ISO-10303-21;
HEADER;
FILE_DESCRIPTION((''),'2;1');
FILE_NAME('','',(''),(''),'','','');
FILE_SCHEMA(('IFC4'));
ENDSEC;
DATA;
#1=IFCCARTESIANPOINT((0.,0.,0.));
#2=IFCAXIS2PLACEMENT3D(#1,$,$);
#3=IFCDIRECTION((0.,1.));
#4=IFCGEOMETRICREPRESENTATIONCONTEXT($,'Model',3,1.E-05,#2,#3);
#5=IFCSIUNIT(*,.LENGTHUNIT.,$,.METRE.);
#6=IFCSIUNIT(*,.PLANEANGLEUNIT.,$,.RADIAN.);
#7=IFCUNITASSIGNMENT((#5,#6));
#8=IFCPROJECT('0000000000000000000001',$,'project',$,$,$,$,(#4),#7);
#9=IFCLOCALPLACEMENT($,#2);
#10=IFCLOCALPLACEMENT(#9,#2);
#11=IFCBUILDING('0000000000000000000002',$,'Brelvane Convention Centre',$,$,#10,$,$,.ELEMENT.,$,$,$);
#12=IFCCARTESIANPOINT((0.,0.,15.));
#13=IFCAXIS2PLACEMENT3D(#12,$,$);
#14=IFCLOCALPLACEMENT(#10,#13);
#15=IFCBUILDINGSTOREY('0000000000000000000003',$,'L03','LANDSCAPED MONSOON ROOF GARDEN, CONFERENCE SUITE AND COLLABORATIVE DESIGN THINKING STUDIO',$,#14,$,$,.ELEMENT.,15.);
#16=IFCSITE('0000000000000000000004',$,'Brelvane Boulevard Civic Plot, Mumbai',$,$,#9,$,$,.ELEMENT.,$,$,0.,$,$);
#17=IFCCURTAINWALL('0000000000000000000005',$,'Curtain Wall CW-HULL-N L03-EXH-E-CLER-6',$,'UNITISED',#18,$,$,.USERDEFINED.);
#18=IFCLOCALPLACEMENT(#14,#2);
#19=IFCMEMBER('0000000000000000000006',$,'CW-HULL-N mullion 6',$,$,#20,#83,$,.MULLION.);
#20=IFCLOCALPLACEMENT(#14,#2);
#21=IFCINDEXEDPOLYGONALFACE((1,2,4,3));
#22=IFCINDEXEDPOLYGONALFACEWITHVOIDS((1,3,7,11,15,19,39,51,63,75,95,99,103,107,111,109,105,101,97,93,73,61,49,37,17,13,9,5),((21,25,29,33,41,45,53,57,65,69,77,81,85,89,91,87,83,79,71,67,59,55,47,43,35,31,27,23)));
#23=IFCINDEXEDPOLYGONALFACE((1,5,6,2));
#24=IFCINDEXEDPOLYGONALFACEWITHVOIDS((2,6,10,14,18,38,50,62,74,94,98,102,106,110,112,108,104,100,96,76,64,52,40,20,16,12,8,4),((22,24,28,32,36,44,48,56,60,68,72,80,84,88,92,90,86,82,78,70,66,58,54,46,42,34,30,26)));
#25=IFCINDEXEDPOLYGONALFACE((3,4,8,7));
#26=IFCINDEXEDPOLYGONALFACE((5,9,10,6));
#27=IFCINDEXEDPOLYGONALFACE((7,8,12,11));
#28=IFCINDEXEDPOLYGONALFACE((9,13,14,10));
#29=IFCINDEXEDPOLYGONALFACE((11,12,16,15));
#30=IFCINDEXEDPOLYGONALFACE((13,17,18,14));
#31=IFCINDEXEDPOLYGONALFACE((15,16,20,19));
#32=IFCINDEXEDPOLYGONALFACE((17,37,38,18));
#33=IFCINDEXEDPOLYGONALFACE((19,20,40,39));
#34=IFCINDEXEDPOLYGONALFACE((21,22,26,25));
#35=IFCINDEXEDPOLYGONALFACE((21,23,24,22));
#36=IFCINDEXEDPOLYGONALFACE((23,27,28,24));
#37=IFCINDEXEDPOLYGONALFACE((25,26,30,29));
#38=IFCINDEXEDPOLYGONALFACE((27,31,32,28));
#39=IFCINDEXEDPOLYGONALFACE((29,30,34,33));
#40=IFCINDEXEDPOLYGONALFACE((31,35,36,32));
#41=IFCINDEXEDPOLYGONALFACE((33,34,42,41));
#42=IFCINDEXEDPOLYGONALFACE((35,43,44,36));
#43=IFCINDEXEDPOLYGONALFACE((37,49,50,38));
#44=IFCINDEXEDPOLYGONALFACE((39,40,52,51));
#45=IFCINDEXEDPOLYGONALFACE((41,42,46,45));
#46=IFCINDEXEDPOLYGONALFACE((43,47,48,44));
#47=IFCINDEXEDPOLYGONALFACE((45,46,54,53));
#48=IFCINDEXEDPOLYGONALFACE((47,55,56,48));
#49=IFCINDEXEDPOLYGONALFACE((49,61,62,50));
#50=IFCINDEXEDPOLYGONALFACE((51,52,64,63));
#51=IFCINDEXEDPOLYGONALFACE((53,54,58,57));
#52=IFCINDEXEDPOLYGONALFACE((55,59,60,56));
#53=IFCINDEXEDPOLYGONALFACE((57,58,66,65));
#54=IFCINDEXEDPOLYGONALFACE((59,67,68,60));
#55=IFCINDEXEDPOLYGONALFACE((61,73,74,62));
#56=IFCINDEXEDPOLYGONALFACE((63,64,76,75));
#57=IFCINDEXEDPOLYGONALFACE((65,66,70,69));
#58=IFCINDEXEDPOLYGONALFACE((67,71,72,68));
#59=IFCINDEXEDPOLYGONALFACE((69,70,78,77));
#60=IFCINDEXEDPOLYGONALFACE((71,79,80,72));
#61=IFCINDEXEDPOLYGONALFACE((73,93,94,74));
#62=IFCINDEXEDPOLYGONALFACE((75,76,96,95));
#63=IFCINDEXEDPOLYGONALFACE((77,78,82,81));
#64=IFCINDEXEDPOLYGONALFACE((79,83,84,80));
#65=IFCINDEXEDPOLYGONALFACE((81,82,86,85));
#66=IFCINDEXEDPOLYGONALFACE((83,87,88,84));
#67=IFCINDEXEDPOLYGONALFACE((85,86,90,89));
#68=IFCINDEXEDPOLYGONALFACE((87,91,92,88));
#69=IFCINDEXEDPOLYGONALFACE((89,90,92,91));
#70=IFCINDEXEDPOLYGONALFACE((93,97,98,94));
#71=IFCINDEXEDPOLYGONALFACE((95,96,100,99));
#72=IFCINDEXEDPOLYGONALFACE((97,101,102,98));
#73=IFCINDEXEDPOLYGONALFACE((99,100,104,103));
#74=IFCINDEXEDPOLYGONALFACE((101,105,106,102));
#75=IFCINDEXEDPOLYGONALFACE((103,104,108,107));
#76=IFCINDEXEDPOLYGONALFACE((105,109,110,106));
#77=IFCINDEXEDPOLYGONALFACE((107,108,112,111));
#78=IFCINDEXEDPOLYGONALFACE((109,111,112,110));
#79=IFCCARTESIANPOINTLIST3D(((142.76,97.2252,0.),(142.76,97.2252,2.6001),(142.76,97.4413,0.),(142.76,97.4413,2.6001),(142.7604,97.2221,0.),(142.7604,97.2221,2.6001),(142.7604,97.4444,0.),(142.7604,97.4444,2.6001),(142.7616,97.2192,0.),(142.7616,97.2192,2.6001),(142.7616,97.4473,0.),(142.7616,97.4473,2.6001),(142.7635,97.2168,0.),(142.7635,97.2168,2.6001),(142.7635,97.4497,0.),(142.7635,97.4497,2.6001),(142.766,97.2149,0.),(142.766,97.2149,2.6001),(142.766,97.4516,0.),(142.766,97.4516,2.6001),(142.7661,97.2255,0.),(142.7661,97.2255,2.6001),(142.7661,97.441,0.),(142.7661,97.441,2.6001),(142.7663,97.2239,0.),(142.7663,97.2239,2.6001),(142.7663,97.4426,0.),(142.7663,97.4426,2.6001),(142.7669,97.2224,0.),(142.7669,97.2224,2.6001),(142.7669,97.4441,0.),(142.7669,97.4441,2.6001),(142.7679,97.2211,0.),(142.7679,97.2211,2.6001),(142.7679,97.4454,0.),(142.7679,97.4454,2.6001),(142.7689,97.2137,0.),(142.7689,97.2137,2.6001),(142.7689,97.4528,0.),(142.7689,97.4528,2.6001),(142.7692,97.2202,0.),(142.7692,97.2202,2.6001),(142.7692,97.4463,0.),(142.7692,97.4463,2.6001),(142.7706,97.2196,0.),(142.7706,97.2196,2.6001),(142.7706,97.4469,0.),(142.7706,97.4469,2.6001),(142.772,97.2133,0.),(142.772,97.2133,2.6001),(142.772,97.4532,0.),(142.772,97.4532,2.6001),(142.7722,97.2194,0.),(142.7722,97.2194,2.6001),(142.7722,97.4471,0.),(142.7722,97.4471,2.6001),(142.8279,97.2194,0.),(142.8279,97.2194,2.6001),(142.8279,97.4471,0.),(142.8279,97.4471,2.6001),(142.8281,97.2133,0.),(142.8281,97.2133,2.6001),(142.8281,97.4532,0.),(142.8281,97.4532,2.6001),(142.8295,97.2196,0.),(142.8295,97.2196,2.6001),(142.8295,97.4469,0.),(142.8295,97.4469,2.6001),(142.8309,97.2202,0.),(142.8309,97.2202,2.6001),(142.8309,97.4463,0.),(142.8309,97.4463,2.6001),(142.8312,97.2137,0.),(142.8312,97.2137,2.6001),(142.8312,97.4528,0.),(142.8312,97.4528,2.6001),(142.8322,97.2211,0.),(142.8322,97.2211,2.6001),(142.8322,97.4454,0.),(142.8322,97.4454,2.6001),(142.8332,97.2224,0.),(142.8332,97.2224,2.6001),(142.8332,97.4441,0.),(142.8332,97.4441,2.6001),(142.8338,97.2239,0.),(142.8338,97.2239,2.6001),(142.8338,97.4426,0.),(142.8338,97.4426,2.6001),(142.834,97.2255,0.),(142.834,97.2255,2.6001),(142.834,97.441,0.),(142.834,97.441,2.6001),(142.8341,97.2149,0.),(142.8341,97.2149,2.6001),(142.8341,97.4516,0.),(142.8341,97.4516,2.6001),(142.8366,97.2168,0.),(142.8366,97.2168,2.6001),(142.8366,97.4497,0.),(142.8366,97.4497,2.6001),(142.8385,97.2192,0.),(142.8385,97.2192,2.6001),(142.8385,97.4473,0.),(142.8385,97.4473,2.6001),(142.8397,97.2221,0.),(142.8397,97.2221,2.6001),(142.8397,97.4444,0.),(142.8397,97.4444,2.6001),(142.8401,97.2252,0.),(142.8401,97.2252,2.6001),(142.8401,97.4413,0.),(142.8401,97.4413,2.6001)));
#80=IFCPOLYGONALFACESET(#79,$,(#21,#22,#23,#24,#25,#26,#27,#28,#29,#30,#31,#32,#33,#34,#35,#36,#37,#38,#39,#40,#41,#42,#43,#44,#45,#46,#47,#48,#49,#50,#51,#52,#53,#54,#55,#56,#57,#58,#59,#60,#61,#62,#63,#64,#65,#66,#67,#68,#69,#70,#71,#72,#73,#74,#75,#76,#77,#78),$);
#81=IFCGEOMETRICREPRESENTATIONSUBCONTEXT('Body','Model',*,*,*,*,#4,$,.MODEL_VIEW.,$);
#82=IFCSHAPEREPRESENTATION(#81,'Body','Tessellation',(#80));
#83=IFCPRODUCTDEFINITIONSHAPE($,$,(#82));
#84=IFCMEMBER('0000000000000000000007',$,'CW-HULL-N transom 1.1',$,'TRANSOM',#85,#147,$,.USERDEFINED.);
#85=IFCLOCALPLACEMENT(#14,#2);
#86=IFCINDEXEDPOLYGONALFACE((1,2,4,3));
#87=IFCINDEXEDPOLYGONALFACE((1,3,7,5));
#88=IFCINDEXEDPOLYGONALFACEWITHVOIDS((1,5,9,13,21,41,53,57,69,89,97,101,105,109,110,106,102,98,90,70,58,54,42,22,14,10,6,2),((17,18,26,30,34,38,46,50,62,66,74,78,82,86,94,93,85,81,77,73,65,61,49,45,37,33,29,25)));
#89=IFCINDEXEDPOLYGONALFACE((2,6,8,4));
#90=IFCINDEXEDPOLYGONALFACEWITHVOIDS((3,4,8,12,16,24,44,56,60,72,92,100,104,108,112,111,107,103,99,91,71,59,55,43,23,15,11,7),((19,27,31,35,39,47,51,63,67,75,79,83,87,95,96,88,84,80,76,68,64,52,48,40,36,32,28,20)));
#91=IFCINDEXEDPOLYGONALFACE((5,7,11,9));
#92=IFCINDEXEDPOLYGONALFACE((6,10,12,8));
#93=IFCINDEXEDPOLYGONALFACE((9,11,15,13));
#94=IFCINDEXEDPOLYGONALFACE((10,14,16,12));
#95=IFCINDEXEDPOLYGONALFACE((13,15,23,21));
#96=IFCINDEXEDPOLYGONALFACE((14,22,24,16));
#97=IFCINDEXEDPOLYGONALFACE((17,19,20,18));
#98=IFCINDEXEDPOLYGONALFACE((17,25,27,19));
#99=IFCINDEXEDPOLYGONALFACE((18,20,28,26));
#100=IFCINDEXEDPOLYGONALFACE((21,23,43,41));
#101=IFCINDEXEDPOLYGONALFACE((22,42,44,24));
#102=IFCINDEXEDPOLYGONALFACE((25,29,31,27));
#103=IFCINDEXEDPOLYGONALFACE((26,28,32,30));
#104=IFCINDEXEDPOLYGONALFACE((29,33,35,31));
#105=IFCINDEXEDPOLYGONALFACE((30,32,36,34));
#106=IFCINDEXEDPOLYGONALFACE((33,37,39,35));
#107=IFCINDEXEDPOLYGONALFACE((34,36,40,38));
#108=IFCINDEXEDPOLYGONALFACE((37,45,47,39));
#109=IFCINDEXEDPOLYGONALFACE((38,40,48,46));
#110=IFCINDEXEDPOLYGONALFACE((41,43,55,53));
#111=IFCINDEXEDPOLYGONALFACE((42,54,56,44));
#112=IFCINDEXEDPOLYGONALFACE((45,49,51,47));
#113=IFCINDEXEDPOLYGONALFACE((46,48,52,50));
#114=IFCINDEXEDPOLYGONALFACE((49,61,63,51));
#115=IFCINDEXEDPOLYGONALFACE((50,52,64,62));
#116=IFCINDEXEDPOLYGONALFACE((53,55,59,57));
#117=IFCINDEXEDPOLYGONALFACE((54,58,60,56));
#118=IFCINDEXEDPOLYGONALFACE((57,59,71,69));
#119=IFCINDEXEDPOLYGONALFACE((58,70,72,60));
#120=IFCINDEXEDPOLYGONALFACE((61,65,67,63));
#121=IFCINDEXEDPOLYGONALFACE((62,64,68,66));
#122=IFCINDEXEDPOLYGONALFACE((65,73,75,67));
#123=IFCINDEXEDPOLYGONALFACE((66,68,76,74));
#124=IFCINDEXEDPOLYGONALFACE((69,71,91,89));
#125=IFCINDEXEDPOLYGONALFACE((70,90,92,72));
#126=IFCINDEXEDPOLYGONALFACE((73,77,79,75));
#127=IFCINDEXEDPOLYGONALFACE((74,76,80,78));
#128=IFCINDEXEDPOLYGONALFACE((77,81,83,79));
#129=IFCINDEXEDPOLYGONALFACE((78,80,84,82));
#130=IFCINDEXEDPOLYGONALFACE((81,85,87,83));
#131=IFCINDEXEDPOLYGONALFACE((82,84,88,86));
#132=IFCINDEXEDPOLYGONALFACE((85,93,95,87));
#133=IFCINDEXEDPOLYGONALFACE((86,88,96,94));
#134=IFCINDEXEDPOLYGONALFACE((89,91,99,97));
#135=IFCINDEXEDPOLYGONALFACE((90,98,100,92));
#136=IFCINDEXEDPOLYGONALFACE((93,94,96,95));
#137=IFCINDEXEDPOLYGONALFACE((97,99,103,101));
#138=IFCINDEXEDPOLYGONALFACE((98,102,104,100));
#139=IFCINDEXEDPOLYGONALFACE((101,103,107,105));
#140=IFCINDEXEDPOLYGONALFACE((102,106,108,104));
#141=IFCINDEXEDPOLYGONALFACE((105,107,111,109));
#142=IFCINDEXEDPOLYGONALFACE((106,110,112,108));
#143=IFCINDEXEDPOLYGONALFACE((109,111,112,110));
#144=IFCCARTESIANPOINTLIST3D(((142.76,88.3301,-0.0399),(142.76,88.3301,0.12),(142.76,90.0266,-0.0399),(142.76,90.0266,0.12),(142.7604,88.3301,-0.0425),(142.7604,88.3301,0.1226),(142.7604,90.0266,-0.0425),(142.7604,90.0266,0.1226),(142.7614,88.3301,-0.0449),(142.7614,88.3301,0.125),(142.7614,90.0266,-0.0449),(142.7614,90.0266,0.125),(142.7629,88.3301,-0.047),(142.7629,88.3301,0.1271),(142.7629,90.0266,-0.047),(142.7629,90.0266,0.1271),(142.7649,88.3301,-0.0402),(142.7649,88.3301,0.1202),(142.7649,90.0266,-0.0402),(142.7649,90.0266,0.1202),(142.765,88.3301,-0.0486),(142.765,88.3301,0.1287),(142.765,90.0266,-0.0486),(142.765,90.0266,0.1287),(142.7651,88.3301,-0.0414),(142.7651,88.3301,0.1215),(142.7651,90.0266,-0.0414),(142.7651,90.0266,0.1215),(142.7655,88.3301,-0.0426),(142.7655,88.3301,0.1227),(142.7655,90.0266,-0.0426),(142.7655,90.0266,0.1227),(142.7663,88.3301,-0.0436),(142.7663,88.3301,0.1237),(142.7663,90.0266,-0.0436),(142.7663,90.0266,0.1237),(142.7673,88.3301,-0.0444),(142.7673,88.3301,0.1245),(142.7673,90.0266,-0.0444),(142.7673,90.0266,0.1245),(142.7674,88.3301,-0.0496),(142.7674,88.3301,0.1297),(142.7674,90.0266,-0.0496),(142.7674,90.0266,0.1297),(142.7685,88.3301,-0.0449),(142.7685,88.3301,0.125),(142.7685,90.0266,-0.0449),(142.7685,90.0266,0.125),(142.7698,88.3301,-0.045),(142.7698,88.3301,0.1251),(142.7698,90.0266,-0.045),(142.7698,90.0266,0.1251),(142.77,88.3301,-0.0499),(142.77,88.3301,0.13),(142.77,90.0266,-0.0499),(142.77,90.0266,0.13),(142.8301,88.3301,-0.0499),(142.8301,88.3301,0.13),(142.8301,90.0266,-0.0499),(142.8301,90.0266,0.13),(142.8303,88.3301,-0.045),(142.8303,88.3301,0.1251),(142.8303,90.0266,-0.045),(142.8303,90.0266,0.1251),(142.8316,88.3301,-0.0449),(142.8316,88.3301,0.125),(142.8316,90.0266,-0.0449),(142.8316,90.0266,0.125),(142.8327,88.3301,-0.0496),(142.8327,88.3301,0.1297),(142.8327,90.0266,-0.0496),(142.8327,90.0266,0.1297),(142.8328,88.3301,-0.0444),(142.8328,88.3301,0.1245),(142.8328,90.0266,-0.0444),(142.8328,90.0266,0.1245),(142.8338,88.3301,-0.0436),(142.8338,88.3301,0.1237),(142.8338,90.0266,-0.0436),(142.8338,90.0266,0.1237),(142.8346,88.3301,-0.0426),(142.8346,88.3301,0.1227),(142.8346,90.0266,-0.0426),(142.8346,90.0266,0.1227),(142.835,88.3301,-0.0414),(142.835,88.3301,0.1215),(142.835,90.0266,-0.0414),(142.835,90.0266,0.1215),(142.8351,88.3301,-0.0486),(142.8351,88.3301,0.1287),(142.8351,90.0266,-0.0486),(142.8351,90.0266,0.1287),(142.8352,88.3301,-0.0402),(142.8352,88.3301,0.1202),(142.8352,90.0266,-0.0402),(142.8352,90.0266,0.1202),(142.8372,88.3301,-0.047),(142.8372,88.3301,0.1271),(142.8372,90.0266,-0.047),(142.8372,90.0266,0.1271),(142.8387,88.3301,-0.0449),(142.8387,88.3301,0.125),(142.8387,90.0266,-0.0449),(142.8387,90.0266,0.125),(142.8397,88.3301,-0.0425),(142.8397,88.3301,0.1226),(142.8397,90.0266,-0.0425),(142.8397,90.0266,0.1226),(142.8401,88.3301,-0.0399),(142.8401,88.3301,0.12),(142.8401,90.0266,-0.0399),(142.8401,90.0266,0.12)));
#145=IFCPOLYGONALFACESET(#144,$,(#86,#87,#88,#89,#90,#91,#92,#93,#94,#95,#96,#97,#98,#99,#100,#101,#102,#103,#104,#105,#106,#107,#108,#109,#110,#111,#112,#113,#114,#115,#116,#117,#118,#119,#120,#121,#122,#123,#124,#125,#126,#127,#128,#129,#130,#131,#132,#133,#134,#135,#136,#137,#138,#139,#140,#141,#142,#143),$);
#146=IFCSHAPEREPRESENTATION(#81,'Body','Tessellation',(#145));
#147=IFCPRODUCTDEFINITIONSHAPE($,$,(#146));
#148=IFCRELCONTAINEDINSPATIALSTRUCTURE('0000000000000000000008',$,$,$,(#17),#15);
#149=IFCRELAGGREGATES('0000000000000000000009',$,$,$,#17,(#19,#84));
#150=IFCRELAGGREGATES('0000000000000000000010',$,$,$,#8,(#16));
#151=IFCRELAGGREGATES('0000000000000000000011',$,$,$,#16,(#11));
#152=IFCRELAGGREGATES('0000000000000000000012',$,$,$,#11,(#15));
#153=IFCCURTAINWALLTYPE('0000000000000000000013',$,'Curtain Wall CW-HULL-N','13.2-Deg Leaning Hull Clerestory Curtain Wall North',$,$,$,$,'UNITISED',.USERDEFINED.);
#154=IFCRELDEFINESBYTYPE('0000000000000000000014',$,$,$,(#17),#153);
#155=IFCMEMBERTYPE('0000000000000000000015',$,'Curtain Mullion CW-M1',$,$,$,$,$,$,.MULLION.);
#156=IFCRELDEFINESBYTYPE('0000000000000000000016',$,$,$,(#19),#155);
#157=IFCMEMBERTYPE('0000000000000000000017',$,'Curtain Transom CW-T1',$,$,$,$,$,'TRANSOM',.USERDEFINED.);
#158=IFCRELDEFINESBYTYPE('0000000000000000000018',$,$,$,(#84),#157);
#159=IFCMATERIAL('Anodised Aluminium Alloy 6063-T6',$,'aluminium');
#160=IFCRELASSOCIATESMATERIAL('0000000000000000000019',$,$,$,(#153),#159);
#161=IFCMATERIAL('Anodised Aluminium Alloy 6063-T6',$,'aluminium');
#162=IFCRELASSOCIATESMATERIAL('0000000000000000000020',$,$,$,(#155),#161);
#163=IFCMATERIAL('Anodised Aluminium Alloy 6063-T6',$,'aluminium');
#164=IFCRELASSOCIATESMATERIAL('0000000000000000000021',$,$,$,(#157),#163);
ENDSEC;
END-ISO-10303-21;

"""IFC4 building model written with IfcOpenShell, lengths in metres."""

from ifc_helpers import new_model, si_unit, direction, frame, origin, origin_2d, place, context, subcontext, project, spatial, hollow_rectangle, extrude, material, material_profile, profile_set, type_object, element, aggregate, save


model = new_model("IFC4")

# Units and contexts
model_context = context("Model", 3, precision=1e-05, world=origin(), true_north=direction((0.0, 1.0)))
body_context = subcontext(model_context, "Body", "Model", "MODEL_VIEW")
ifc_project = project(units=[si_unit("LENGTHUNIT", "METRE"), si_unit("PLANEANGLEUNIT", "RADIAN")], contexts=[model_context])

# Site, building, storey
site_placement = place(None, origin())
site = spatial("IfcSite", under=ifc_project, at=site_placement, Name="Brelvane Boulevard Civic Plot, Mumbai", CompositionType="ELEMENT", RefElevation=0.0)
building_placement = place(site_placement, origin())
building = spatial("IfcBuilding", under=site, at=building_placement, Name="Brelvane Convention Centre", CompositionType="ELEMENT")
storey_placement = place(building_placement, frame((0.0, 0.0, 15.0)))
storey = spatial("IfcBuildingStorey", under=building, at=storey_placement, Name="L03", Description="LANDSCAPED MONSOON ROOF GARDEN, CONFERENCE SUITE AND COLLABORATIVE DESIGN THINKING STUDIO", CompositionType="ELEMENT", Elevation=15.0)

# Curtain wall, members
ifc_material_1 = material(Name="Anodised Aluminium Alloy 6063-T6", Category="aluminium")
curtain_wall_type = type_object("IfcCurtainWallType", Name="Curtain Wall CW-HULL-N", Description="13.2-Deg Leaning Hull Clerestory Curtain Wall North", ElementType="UNITISED", PredefinedType="USERDEFINED", material=ifc_material_1)
curtain_wall_placement = place(storey_placement, origin())
curtain_wall = element("IfcCurtainWall", 1, at=curtain_wall_placement, inside=storey, type_object=curtain_wall_type, Name="Curtain Wall CW-HULL-N L03-EXH-E-CLER-6", ObjectType="UNITISED", PredefinedType="USERDEFINED")
ifc_material_2 = material(Name="Anodised Aluminium Alloy 6063-T6", Category="aluminium")
ifc_material_profile_1 = material_profile(ifc_material_2, hollow_rectangle(XDim=0.0801, YDim=0.24, WallThickness=0.0061, InnerFilletRadius=0.0061, OuterFilletRadius=0.012, at=origin_2d()), Name="ALU-M 240x80x6.0")
ifc_profile_set_1 = profile_set([ifc_material_profile_1], Name="Anodised Aluminium Alloy 6063-T6")
member_type_1 = type_object("IfcMemberType", Name="Curtain Mullion CW-M1", PredefinedType="MULLION", material=ifc_profile_set_1)
member_1_placement = place(storey_placement, frame((142.8, 97.3333, 0.0), z_axis=(0.0, 0.0, 1.0), x_axis=(-1.0, 0.0, 0.0)))
member_1 = element("IfcMember", 2, at=member_1_placement, type_object=member_type_1, Name="CW-HULL-N mullion 6", PredefinedType="MULLION", context=body_context, shape_type="SweptSolid", body=[
    extrude(hollow_rectangle(XDim=0.0801, YDim=0.24, WallThickness=0.0061, InnerFilletRadius=0.0061, OuterFilletRadius=0.012, at=origin_2d()), origin(), (0.0, 0.0, 1.0), 2.6001),
])
ifc_material_3 = material(Name="Anodised Aluminium Alloy 6063-T6", Category="aluminium")
ifc_material_profile_2 = material_profile(ifc_material_3, hollow_rectangle(XDim=0.0801, YDim=0.1799, WallThickness=0.0049, InnerFilletRadius=0.0049, OuterFilletRadius=0.01, at=origin_2d()), Name="ALU-T 180x80x5.0")
ifc_profile_set_2 = profile_set([ifc_material_profile_2], Name="Anodised Aluminium Alloy 6063-T6")
member_type_2 = type_object("IfcMemberType", Name="Curtain Transom CW-T1", ElementType="TRANSOM", PredefinedType="USERDEFINED", material=ifc_profile_set_2)
member_2_placement = place(storey_placement, frame((142.8, 88.3301, 0.04), z_axis=(0.0, 1.0, 0.0), x_axis=(-1.0, 0.0, 0.0)))
member_2 = element("IfcMember", 3, at=member_2_placement, type_object=member_type_2, Name="CW-HULL-N transom 1.1", ObjectType="TRANSOM", PredefinedType="USERDEFINED", context=body_context, shape_type="SweptSolid", body=[
    extrude(hollow_rectangle(XDim=0.0801, YDim=0.1799, WallThickness=0.0049, InnerFilletRadius=0.0049, OuterFilletRadius=0.01, at=origin_2d()), origin(), (0.0, 0.0, 1.0), 1.6965),
])
aggregate(curtain_wall, [member_1, member_2])

save(model, "model.ifc")
